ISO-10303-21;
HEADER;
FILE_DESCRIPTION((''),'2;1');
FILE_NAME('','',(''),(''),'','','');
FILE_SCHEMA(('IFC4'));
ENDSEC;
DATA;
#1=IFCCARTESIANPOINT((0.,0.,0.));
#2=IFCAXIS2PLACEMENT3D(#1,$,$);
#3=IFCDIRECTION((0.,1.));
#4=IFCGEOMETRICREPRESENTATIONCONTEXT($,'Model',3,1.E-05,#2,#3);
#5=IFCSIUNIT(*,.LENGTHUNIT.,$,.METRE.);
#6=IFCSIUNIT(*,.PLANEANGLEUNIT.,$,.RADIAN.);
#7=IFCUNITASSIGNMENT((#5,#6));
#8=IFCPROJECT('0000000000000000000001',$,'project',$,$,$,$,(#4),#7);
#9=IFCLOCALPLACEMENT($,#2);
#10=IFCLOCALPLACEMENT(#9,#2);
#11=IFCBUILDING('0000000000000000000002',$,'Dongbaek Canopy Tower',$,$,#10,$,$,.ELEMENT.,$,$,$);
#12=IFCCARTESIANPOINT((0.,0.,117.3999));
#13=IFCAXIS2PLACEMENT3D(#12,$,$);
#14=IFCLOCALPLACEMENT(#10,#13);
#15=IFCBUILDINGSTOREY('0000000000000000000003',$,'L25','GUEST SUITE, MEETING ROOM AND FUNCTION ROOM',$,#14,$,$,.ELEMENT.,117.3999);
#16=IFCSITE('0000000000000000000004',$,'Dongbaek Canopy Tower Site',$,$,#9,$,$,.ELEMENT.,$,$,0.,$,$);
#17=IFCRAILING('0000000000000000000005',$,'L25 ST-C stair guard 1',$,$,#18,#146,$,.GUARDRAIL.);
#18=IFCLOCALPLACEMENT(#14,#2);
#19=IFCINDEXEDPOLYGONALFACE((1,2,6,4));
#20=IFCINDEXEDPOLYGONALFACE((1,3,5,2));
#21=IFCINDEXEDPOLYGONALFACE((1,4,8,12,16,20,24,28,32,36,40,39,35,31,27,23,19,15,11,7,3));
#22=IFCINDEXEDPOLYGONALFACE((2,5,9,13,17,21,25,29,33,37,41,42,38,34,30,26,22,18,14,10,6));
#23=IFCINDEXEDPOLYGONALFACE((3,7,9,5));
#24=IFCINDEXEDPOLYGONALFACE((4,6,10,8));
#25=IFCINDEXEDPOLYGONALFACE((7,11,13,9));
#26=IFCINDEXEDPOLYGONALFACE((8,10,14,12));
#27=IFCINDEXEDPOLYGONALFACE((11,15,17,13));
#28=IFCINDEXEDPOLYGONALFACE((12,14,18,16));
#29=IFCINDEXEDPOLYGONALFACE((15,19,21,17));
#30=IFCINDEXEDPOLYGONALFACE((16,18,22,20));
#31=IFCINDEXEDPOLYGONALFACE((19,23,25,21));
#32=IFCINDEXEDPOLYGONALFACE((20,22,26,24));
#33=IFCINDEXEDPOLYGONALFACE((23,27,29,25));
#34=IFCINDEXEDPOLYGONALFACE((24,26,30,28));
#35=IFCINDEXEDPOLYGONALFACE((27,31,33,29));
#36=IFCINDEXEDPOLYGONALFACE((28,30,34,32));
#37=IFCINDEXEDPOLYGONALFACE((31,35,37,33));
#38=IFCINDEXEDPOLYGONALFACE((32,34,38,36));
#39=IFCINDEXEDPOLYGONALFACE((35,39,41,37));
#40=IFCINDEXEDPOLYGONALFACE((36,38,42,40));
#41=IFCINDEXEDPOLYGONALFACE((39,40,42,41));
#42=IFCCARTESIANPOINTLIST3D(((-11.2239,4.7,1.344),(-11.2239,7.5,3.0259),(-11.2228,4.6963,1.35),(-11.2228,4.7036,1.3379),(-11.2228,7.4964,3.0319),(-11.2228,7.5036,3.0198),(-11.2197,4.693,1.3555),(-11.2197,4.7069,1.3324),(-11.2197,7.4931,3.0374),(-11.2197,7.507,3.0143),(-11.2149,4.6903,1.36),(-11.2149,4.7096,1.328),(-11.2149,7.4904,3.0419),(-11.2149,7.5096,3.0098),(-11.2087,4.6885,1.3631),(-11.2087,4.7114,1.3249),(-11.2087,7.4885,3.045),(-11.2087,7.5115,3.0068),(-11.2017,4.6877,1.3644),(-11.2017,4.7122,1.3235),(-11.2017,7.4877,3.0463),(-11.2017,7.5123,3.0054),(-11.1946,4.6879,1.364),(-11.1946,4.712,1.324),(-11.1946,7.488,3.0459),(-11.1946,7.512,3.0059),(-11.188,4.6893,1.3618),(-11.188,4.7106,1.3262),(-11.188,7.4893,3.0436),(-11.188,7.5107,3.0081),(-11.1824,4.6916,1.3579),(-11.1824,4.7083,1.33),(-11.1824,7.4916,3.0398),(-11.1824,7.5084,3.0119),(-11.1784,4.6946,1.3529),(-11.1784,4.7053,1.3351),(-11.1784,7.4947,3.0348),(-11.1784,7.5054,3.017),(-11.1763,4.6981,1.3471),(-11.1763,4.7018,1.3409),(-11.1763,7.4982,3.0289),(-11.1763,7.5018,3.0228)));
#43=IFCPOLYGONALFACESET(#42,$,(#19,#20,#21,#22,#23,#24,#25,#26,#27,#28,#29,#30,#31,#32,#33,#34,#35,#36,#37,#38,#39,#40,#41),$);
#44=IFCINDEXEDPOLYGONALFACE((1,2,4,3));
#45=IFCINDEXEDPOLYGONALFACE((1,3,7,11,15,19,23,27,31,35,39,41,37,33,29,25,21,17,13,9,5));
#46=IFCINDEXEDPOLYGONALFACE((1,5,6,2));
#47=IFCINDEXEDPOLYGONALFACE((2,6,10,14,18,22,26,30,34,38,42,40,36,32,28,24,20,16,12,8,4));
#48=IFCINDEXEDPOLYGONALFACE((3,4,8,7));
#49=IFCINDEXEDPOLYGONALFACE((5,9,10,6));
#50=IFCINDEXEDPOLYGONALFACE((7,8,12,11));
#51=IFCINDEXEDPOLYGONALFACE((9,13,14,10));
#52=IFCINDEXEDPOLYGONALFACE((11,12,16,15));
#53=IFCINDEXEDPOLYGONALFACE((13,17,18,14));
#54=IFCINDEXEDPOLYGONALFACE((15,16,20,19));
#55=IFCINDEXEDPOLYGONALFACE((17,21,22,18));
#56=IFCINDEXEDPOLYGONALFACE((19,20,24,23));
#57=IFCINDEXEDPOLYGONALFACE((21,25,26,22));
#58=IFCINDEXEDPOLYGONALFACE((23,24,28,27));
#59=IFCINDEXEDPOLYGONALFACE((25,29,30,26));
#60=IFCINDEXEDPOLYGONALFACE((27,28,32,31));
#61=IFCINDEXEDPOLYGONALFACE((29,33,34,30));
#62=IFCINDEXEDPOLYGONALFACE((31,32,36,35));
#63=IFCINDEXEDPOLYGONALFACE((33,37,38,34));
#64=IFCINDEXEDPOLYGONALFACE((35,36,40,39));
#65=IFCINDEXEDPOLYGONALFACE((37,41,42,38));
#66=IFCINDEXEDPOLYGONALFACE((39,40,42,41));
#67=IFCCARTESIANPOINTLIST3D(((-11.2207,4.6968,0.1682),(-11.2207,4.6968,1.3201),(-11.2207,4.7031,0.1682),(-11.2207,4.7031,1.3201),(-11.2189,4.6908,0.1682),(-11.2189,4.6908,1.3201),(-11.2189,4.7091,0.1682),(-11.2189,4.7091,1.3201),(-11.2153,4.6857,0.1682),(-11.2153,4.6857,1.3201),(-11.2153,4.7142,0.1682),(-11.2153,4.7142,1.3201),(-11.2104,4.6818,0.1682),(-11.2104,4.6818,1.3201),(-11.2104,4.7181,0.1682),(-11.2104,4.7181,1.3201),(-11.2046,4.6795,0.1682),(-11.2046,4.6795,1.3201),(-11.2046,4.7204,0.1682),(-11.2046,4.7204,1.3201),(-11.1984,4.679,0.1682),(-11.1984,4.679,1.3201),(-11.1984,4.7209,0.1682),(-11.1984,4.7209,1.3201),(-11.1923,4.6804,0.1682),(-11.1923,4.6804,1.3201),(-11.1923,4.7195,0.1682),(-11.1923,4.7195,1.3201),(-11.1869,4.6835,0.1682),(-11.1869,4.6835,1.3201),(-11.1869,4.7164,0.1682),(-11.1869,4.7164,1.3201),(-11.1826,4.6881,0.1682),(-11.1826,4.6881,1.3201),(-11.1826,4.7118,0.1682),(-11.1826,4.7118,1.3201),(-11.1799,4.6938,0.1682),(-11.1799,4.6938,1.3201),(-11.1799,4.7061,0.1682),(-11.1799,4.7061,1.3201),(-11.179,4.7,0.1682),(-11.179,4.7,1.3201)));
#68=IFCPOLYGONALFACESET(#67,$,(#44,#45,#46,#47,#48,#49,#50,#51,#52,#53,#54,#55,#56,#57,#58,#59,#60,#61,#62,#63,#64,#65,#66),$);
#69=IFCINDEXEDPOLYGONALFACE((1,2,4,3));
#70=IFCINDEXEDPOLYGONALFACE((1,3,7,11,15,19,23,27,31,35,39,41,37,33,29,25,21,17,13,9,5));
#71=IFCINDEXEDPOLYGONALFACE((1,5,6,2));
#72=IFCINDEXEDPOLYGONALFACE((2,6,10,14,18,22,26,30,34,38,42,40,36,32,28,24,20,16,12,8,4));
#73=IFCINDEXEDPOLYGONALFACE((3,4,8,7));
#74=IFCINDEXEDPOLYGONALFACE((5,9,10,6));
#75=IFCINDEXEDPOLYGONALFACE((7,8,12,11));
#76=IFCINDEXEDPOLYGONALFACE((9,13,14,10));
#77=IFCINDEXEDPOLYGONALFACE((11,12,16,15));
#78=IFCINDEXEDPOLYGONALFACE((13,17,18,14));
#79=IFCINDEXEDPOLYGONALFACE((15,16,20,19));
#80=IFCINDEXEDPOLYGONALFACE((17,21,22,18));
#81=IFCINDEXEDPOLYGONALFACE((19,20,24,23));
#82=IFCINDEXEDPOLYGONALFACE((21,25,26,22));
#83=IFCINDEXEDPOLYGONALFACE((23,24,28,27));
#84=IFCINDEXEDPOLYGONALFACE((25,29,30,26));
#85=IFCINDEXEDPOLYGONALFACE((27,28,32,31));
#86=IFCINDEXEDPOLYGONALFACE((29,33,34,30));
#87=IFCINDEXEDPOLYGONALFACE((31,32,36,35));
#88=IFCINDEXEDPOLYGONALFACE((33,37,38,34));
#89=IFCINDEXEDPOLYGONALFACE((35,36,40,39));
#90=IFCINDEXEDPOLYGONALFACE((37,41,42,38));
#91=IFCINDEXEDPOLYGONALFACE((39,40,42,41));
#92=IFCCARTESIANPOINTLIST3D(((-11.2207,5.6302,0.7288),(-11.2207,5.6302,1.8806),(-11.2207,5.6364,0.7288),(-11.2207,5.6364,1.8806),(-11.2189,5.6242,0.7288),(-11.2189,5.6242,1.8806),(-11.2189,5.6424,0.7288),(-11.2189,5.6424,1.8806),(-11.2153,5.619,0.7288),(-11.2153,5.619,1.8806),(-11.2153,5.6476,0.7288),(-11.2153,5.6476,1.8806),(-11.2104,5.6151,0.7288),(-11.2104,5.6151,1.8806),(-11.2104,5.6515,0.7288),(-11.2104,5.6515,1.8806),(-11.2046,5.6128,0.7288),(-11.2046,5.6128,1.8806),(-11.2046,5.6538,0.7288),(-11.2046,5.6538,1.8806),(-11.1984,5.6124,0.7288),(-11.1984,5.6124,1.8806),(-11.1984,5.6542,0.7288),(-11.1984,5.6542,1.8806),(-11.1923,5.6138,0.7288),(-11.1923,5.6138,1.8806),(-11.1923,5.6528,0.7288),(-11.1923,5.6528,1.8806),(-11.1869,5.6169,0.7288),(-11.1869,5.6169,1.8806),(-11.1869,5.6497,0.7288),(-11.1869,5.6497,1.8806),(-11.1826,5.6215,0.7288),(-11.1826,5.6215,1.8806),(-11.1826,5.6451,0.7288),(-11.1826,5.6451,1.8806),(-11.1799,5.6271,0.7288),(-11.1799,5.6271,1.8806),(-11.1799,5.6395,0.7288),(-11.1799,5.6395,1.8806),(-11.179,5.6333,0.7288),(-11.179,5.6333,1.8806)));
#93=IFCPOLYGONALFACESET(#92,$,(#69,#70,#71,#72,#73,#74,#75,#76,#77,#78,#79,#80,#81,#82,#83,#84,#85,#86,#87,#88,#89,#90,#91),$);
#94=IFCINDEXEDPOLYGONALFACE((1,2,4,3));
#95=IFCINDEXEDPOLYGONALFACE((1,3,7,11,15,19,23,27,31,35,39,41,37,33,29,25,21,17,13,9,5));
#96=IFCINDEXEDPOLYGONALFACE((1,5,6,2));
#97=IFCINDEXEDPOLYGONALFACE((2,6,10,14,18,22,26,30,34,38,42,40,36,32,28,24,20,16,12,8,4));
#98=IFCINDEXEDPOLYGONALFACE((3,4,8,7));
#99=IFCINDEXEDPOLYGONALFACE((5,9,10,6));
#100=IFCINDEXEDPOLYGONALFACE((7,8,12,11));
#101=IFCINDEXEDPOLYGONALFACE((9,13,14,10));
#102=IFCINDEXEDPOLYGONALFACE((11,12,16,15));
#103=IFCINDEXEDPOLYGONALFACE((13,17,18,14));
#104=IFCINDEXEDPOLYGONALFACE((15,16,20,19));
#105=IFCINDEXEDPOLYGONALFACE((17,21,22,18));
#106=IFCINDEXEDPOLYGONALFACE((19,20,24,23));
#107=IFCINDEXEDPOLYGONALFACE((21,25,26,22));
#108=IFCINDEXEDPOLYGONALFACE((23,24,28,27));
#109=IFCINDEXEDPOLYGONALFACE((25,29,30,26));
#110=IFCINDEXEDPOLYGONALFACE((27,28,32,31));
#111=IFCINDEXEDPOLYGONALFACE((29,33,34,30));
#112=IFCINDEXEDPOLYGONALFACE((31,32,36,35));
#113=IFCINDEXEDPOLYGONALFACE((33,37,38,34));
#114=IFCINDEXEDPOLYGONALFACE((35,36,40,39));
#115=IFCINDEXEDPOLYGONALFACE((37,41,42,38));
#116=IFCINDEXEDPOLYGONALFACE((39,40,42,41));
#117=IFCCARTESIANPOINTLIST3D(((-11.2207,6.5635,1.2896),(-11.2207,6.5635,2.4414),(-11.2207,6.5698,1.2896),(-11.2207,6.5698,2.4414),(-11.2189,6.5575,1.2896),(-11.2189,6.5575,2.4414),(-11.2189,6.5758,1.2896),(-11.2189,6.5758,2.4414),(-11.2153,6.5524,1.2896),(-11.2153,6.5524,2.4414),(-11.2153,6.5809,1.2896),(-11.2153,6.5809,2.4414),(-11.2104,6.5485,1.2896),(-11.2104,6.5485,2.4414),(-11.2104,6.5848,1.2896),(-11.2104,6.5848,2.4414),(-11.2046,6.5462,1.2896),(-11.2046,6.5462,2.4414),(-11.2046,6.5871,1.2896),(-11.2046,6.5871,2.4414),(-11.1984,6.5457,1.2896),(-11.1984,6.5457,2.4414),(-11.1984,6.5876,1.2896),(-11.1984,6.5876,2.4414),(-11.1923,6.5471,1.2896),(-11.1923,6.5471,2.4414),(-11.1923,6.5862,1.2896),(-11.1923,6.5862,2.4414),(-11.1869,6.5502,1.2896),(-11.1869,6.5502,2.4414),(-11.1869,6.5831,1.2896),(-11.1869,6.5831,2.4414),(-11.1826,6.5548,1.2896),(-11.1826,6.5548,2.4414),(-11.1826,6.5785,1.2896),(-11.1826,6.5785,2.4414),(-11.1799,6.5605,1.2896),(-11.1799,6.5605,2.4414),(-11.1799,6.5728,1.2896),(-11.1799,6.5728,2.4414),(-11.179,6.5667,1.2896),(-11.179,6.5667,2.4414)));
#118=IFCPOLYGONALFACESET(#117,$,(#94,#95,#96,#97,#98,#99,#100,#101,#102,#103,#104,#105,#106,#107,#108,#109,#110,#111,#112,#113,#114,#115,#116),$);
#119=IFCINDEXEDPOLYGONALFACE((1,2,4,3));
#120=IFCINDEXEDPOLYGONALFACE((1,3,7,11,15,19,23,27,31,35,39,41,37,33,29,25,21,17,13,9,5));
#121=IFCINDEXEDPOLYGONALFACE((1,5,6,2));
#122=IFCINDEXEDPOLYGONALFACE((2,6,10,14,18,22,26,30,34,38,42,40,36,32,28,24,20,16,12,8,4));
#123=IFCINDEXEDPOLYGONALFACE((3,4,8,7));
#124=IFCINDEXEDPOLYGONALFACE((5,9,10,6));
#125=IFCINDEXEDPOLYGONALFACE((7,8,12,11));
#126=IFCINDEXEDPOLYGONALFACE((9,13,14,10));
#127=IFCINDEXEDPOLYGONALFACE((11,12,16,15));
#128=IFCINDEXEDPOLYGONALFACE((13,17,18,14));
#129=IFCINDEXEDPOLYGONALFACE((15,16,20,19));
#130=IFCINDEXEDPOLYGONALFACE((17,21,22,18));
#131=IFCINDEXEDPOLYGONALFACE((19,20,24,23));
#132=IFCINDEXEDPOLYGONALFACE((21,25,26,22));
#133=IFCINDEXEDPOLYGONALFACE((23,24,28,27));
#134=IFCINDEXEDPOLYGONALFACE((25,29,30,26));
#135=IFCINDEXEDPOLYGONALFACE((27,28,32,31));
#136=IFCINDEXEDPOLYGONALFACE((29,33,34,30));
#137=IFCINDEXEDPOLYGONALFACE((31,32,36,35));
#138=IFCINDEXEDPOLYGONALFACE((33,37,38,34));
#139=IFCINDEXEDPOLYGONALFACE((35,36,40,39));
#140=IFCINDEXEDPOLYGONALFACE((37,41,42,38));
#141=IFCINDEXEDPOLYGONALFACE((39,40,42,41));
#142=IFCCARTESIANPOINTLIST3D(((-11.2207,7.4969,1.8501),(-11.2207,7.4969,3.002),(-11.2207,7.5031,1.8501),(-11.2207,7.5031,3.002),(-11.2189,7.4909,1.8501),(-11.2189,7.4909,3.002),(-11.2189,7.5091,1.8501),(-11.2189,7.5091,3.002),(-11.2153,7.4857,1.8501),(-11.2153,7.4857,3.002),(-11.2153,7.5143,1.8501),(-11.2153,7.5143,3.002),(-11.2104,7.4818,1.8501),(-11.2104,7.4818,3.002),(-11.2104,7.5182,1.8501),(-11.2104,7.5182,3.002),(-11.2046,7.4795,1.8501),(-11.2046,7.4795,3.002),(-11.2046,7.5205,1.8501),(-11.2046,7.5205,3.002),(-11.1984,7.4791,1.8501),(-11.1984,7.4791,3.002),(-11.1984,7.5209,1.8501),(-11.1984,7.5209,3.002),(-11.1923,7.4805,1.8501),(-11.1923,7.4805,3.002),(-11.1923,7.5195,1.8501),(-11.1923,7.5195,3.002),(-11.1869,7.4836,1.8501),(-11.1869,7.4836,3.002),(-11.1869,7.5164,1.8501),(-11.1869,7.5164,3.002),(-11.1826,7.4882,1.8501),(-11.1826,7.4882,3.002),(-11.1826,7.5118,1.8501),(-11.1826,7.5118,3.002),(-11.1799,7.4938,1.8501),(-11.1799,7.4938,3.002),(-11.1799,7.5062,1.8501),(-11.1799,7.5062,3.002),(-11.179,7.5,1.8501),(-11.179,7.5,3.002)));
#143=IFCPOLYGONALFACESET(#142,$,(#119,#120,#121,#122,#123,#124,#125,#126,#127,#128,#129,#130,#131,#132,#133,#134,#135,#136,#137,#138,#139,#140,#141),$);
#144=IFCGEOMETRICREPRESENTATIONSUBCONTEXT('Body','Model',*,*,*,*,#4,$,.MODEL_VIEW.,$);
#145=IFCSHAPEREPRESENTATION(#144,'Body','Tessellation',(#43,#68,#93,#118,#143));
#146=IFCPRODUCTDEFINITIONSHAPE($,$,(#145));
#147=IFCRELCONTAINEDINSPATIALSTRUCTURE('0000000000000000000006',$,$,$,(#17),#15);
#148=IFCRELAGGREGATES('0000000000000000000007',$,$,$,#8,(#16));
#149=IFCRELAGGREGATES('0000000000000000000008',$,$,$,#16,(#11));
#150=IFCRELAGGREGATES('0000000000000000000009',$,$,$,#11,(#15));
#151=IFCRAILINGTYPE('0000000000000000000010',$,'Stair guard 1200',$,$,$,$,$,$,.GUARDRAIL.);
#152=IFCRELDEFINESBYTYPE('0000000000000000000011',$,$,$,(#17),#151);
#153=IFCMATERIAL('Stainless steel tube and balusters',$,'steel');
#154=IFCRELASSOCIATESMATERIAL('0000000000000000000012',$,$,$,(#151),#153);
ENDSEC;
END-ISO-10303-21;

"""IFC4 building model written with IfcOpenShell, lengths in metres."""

from ifc_helpers import new_model, si_unit, direction, frame, origin, origin_2d, place, context, subcontext, project, spatial, circle, extrude, material, type_object, element, save


model = new_model("IFC4")

# Units and contexts
model_context = context("Model", 3, precision=1e-05, world=origin(), true_north=direction((0.0, 1.0)))
body_context = subcontext(model_context, "Body", "Model", "MODEL_VIEW")
ifc_project = project(units=[si_unit("LENGTHUNIT", "METRE"), si_unit("PLANEANGLEUNIT", "RADIAN")], contexts=[model_context])

# Site, building, storey
site_placement = place(None, origin())
site = spatial("IfcSite", under=ifc_project, at=site_placement, Name="Dongbaek Canopy Tower Site", CompositionType="ELEMENT", RefElevation=0.0)
building_placement = place(site_placement, origin())
building = spatial("IfcBuilding", under=site, at=building_placement, Name="Dongbaek Canopy Tower", CompositionType="ELEMENT")
storey_placement = place(building_placement, frame((0.0, 0.0, 117.3999)))
storey = spatial("IfcBuildingStorey", under=building, at=storey_placement, Name="L25", Description="GUEST SUITE, MEETING ROOM AND FUNCTION ROOM", CompositionType="ELEMENT", Elevation=117.3999)

# Railing
ifc_material_1 = material(Name="Stainless steel tube and balusters", Category="steel")
railing_type_1 = type_object("IfcRailingType", Name="Stair guard 1200", PredefinedType="GUARDRAIL", material=ifc_material_1)
railing_1_placement = place(storey_placement, frame((-11.2, 4.7, 0.1682)))
element("IfcRailing", 1, at=railing_1_placement, inside=storey, type_object=railing_type_1, Name="L25 ST-C stair guard 1", PredefinedType="GUARDRAIL", context=body_context, shape_type="SweptSolid", body=[
    extrude(circle(Radius=0.0239, at=origin_2d()), frame((0.0, 0.0, 1.1758), z_axis=(0.0, 0.857242, 0.514913), x_axis=(-1.0, 0.0, 0.0)), (0.0, 0.0, 1.0), 3.2664),
    extrude(circle(Radius=0.021, at=origin_2d()), origin(), (0.0, 0.0, 1.0), 1.1519),
    extrude(circle(Radius=0.021, at=origin_2d()), frame((0.0, 0.9333, 0.5605)), (0.0, 0.0, 1.0), 1.1519),
    extrude(circle(Radius=0.021, at=origin_2d()), frame((0.0, 1.8667, 1.1213)), (0.0, 0.0, 1.0), 1.1519),
    extrude(circle(Radius=0.021, at=origin_2d()), frame((0.0, 2.8, 1.6819)), (0.0, 0.0, 1.0), 1.1519),
])

save(model, "model.ifc")
